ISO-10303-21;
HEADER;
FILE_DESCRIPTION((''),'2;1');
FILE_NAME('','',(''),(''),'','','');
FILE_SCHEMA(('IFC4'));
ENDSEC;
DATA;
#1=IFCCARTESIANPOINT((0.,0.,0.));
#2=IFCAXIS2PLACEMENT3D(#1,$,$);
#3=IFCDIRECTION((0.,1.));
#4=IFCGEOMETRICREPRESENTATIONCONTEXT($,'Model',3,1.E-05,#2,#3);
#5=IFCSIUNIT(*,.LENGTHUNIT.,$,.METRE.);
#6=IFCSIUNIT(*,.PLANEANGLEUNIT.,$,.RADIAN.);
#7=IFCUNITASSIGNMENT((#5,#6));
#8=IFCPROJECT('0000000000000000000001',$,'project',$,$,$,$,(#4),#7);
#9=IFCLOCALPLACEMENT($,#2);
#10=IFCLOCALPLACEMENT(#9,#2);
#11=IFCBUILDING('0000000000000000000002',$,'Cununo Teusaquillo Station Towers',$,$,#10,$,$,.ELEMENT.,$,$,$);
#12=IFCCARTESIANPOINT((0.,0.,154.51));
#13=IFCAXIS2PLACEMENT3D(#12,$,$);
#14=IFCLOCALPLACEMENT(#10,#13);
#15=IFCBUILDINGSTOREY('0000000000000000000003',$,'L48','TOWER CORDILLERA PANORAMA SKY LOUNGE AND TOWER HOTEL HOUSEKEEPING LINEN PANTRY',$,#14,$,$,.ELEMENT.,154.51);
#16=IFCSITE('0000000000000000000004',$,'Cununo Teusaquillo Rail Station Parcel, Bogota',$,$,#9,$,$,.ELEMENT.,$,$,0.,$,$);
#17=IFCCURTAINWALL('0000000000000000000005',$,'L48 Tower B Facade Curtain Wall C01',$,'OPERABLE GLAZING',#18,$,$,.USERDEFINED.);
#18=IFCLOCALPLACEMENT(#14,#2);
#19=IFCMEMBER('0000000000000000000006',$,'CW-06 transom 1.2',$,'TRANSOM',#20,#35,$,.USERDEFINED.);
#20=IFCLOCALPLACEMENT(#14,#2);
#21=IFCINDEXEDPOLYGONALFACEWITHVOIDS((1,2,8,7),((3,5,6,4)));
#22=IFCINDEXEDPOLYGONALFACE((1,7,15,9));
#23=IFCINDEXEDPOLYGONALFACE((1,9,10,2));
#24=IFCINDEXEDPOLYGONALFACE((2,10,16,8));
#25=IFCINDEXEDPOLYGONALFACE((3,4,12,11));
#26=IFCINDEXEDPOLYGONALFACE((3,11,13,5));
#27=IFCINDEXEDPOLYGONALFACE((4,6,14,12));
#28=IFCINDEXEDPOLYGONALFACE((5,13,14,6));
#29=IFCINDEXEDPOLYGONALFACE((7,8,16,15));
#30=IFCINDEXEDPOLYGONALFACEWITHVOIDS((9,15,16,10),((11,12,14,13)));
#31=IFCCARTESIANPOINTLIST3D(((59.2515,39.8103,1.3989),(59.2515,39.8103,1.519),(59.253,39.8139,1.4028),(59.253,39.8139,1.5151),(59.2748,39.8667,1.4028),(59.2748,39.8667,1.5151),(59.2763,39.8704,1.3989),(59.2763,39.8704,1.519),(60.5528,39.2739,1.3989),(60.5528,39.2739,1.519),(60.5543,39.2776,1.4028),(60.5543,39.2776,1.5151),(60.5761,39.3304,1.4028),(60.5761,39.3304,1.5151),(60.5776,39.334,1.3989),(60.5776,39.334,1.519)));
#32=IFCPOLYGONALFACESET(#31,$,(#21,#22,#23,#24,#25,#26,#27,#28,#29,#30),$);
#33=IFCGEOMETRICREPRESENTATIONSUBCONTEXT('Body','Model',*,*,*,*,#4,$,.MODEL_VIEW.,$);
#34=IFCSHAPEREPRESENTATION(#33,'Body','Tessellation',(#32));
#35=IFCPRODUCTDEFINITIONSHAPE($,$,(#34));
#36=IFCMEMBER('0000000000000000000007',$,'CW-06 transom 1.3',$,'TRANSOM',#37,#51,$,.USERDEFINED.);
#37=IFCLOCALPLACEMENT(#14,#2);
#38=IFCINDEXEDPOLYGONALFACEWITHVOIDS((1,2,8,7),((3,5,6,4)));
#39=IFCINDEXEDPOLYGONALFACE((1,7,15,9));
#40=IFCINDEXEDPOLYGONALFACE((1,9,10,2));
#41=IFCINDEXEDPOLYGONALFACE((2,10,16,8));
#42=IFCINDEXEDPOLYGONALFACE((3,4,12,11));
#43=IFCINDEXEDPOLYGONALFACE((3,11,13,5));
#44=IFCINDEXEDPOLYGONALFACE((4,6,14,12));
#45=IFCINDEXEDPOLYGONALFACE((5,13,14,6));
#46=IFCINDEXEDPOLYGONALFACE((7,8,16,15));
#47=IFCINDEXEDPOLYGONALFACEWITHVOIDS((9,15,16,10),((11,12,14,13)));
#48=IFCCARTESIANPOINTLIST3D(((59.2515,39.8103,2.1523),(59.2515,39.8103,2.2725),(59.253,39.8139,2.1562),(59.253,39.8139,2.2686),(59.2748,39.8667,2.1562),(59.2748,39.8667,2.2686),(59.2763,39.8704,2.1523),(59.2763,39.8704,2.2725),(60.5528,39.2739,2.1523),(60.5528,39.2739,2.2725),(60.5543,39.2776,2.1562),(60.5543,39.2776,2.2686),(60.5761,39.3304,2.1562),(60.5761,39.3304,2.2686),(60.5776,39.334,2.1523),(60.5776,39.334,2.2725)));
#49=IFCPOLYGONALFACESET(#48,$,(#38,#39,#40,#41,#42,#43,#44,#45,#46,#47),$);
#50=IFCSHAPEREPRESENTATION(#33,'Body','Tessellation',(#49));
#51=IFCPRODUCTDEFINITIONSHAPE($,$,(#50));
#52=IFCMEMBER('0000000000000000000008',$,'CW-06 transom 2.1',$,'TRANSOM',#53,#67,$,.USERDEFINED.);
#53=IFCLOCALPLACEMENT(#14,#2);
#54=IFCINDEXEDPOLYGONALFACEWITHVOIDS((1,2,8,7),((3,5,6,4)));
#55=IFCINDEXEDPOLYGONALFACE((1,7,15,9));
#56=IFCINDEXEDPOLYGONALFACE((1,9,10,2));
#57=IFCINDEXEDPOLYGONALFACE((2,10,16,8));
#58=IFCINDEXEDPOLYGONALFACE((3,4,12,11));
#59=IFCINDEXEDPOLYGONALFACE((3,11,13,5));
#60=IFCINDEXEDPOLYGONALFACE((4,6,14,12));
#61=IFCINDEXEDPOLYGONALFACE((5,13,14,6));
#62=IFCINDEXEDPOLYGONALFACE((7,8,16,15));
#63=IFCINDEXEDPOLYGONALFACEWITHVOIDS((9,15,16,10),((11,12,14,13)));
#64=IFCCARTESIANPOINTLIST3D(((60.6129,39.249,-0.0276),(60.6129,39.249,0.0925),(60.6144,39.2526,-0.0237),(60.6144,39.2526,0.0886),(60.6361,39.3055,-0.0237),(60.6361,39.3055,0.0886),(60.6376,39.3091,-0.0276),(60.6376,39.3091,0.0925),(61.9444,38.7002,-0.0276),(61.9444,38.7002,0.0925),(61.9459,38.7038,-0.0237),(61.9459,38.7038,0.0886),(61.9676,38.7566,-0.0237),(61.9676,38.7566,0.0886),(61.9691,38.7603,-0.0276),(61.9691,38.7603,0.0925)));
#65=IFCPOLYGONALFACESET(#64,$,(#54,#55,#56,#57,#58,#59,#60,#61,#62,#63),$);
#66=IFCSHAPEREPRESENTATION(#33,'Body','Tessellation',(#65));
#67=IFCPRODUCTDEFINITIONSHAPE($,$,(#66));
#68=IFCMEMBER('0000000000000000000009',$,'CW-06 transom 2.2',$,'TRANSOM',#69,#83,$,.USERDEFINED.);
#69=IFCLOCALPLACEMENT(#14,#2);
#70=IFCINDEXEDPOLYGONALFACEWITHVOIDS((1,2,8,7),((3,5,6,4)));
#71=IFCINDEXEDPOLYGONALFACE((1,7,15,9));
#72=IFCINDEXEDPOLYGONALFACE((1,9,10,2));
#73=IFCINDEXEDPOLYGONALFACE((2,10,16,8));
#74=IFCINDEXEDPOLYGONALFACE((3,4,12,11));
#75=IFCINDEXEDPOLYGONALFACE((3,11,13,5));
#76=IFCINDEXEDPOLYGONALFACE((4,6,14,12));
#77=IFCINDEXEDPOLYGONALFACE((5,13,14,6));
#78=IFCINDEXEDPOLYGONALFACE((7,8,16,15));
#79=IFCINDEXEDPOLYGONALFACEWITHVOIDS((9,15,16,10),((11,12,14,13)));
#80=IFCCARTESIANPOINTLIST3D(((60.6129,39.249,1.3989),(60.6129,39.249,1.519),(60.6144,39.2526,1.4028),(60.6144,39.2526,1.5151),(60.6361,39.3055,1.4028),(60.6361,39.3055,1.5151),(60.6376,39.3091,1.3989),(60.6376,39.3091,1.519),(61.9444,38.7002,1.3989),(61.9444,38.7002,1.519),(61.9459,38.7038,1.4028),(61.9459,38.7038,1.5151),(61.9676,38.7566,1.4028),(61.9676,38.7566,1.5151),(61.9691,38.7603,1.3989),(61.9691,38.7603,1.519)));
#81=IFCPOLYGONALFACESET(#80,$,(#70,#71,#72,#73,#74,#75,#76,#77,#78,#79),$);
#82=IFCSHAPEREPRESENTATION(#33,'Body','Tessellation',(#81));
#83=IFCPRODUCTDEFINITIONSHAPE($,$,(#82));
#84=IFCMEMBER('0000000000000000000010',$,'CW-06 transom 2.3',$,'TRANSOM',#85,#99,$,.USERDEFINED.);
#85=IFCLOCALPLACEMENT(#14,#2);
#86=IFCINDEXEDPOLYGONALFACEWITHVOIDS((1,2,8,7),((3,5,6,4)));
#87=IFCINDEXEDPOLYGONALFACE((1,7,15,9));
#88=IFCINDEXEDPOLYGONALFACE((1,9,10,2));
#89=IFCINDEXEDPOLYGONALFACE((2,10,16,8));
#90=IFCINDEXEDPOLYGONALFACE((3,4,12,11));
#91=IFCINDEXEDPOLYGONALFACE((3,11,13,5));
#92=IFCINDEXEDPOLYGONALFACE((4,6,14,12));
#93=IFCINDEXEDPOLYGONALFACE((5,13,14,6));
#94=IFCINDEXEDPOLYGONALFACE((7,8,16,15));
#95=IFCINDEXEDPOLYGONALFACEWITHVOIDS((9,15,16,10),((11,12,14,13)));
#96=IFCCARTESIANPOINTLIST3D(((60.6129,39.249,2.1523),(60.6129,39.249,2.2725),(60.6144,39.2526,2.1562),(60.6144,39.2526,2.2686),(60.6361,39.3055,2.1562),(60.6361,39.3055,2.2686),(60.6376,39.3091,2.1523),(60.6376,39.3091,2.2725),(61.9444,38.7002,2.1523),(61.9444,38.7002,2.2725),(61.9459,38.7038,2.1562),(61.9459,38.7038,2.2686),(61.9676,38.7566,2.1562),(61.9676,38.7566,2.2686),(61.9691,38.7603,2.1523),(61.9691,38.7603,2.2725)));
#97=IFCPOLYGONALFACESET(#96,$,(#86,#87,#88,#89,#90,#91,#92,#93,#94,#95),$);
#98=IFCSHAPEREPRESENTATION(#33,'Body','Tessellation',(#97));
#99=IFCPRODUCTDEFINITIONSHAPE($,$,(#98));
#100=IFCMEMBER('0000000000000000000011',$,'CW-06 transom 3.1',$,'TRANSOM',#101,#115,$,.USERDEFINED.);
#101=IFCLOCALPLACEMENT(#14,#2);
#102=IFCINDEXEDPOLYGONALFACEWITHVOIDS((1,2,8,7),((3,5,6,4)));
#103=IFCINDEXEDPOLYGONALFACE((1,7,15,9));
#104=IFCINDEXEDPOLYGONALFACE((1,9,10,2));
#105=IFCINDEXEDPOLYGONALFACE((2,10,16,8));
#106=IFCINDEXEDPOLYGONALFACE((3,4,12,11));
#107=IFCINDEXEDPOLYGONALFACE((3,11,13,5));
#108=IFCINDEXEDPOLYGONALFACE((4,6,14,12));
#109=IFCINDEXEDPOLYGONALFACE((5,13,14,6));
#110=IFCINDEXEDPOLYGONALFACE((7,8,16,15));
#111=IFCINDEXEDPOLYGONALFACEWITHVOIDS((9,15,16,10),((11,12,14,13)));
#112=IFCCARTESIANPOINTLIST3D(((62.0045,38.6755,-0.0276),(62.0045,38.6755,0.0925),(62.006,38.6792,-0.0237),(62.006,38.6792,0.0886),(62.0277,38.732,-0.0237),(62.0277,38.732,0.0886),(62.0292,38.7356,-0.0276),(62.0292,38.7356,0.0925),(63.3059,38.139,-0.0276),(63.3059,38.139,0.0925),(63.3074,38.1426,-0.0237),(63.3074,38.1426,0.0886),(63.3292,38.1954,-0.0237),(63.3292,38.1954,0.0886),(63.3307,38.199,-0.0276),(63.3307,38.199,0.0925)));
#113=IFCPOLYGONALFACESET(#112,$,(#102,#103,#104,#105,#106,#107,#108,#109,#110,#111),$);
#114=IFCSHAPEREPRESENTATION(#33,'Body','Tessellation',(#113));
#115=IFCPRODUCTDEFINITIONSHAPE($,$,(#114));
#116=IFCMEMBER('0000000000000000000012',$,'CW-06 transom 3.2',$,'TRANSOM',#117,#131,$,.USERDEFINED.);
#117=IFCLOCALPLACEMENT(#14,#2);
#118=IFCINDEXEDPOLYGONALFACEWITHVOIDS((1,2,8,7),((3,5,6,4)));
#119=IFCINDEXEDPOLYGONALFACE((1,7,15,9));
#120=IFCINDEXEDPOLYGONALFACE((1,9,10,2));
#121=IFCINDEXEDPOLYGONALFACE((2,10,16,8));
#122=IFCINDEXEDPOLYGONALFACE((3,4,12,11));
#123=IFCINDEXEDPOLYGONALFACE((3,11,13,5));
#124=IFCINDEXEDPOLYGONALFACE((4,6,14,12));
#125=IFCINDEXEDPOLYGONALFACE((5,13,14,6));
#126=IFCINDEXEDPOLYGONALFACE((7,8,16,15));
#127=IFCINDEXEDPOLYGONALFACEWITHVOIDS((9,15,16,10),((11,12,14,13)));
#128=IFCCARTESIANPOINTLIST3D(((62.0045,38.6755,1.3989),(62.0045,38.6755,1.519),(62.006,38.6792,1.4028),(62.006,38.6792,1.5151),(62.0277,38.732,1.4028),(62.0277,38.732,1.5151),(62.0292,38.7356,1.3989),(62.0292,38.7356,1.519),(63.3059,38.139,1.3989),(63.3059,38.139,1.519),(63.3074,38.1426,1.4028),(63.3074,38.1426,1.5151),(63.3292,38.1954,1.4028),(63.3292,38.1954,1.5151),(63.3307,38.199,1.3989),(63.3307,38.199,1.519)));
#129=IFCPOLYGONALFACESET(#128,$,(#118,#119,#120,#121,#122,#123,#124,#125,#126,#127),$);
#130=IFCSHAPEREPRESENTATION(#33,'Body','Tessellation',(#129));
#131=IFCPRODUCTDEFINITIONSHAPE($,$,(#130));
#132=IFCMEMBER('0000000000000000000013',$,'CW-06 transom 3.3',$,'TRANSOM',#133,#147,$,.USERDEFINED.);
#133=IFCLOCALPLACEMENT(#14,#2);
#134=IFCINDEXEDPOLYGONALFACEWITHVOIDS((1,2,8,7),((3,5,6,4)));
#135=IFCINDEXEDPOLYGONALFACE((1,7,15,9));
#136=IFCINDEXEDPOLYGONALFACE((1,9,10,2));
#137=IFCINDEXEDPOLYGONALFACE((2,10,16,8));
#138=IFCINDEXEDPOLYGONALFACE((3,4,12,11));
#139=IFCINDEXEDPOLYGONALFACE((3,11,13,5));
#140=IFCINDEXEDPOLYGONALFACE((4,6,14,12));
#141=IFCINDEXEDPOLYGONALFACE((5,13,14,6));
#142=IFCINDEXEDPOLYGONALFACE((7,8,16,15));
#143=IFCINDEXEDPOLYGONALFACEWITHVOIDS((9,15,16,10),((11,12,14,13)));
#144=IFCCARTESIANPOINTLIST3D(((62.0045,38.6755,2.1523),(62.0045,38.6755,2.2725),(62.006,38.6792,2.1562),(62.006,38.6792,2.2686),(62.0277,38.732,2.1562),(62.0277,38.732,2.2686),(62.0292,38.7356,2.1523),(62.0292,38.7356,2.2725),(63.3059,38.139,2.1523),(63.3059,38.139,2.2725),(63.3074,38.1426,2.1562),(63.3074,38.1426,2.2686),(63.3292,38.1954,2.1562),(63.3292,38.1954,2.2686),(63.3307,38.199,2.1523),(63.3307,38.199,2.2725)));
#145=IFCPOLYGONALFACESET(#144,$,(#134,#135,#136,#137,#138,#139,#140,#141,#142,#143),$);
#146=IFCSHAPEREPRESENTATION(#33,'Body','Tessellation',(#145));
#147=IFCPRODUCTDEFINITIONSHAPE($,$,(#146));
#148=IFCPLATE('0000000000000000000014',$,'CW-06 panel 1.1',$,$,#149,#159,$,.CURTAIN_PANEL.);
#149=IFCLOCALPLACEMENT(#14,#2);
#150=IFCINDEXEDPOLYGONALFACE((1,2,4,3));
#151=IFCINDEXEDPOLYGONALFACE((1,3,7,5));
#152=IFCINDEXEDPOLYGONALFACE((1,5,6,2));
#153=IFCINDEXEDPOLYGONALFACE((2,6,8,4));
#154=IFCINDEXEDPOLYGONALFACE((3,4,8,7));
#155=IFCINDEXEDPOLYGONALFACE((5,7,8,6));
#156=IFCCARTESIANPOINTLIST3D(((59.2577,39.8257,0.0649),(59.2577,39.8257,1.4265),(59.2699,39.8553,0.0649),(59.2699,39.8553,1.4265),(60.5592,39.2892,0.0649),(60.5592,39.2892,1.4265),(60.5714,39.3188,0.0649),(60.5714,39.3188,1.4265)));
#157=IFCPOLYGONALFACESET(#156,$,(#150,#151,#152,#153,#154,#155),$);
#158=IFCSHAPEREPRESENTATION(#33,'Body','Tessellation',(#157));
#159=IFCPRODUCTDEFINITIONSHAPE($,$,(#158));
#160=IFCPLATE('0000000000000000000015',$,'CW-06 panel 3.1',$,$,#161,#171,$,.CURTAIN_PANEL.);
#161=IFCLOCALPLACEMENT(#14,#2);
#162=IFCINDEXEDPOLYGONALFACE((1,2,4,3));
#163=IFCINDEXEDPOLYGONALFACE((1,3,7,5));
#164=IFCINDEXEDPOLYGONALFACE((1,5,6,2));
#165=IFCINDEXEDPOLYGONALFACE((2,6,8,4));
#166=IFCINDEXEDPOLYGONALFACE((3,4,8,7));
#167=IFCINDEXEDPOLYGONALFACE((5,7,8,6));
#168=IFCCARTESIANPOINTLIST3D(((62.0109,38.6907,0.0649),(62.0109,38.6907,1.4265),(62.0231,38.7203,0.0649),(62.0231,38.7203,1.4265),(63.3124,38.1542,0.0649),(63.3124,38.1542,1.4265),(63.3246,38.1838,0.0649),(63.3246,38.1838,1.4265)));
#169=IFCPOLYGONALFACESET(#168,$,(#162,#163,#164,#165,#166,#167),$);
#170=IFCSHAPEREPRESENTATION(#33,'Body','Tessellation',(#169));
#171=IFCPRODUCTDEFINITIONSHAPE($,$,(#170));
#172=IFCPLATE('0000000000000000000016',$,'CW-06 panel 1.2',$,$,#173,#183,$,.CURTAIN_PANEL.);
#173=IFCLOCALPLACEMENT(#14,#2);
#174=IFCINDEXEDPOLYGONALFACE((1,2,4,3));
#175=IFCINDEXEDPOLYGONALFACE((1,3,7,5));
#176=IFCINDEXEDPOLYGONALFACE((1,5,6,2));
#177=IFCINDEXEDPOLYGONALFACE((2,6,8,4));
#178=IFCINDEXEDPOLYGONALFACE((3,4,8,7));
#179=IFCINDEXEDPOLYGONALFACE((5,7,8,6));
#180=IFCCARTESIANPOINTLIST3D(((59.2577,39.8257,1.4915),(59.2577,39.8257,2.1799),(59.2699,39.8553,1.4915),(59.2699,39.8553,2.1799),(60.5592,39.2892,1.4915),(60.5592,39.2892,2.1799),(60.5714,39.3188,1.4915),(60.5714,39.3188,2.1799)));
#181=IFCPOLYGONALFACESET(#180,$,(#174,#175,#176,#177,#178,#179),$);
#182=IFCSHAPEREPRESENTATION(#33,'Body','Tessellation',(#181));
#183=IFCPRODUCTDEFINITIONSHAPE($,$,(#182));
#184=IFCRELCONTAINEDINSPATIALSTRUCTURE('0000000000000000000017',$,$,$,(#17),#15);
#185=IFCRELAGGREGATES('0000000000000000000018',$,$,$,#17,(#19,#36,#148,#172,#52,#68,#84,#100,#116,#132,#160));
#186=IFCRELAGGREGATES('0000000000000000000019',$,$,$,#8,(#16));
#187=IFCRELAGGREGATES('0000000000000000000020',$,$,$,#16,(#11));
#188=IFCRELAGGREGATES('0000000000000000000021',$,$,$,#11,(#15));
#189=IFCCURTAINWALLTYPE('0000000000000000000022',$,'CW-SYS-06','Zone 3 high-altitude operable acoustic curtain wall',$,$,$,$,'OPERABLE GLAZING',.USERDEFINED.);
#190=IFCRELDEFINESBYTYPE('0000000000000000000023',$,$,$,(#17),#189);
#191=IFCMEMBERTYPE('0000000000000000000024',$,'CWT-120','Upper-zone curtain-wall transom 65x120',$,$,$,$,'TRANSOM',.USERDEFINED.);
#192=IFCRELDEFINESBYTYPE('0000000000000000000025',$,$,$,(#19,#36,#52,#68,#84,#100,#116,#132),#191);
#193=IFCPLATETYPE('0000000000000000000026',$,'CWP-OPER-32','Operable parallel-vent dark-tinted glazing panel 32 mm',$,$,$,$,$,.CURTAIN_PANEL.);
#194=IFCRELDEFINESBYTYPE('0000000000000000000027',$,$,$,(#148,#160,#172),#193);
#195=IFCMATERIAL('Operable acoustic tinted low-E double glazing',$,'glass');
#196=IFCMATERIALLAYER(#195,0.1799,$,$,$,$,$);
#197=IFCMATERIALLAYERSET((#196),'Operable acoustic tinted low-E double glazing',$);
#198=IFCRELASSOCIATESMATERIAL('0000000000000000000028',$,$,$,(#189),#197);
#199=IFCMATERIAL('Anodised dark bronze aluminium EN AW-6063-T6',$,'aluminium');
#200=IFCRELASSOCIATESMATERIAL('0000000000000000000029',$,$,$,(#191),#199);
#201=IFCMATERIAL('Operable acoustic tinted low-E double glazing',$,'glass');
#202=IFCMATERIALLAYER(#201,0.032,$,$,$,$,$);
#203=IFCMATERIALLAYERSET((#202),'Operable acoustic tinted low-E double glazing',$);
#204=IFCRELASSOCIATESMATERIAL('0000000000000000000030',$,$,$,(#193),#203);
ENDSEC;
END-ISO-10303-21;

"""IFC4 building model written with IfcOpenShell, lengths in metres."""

from ifc_helpers import new_model, si_unit, direction, frame, origin, origin_2d, place, context, subcontext, project, spatial, rectangle, hollow_rectangle, extrude, source, transform, mapped, material, layer, layer_set, material_profile, profile_set, type_object, element, aggregate, save


model = new_model("IFC4")

# Units and contexts
model_context = context("Model", 3, precision=1e-05, world=origin(), true_north=direction((0.0, 1.0)))
body_context = subcontext(model_context, "Body", "Model", "MODEL_VIEW")
ifc_project = project(units=[si_unit("LENGTHUNIT", "METRE"), si_unit("PLANEANGLEUNIT", "RADIAN")], contexts=[model_context])

# Site, building, storey
site_placement = place(None, origin())
site = spatial("IfcSite", under=ifc_project, at=site_placement, Name="Cununo Teusaquillo Rail Station Parcel, Bogota", CompositionType="ELEMENT", RefElevation=0.0)
building_placement = place(site_placement, origin())
building = spatial("IfcBuilding", under=site, at=building_placement, Name="Cununo Teusaquillo Station Towers", CompositionType="ELEMENT")
storey_placement = place(building_placement, frame((0.0, 0.0, 154.51)))
storey = spatial("IfcBuildingStorey", under=building, at=storey_placement, Name="L48", Description="TOWER CORDILLERA PANORAMA SKY LOUNGE AND TOWER HOTEL HOUSEKEEPING LINEN PANTRY", CompositionType="ELEMENT", Elevation=154.51)

# Curtain wall, members, plates
ifc_material_1 = material(Name="Operable acoustic tinted low-E double glazing", Category="glass")
ifc_layer_1 = layer(ifc_material_1, 0.1799)
ifc_layer_set_1 = layer_set([ifc_layer_1], Name="Operable acoustic tinted low-E double glazing")
curtain_wall_type = type_object("IfcCurtainWallType", Name="CW-SYS-06", Description="Zone 3 high-altitude operable acoustic curtain wall", ElementType="OPERABLE GLAZING", PredefinedType="USERDEFINED", material=ifc_layer_set_1)
curtain_wall_placement = place(storey_placement, origin())
curtain_wall = element("IfcCurtainWall", 1, at=curtain_wall_placement, inside=storey, type_object=curtain_wall_type, Name="L48 Tower B Facade Curtain Wall C01", ObjectType="OPERABLE GLAZING", PredefinedType="USERDEFINED")
ifc_material_2 = material(Name="Anodised dark bronze aluminium EN AW-6063-T6", Category="aluminium")
ifc_material_profile_1 = material_profile(ifc_material_2, hollow_rectangle(XDim=0.0649, YDim=0.1201, WallThickness=0.0039, at=origin_2d()), Name="CW-TRAN-65x120")
ifc_profile_set_1 = profile_set([ifc_material_profile_1], Name="Anodised dark bronze aluminium EN AW-6063-T6")
member_type_1 = type_object("IfcMemberType", Name="CWT-120", Description="Upper-zone curtain-wall transom 65x120", ElementType="TRANSOM", PredefinedType="USERDEFINED", material=ifc_profile_set_1)
member_1_placement = place(storey_placement, frame((59.2639, 39.8403, 1.459), z_axis=(0.924538, -0.38109, 0.0), x_axis=(0.38109, 0.924538, 0.0)))
member_1 = element("IfcMember", 2, at=member_1_placement, type_object=member_type_1, Name="CW-06 transom 1.2", ObjectType="TRANSOM", PredefinedType="USERDEFINED", context=body_context, shape_type="SweptSolid", body=[
    extrude(hollow_rectangle(XDim=0.0649, YDim=0.1201, WallThickness=0.0039, at=origin_2d()), origin(), (0.0, 0.0, 1.0), 1.4075),
])
member_2_placement = place(storey_placement, frame((59.2639, 39.8403, 2.2124), z_axis=(0.924538, -0.38109, 0.0), x_axis=(0.38109, 0.924538, 0.0)))
member_2 = element("IfcMember", 3, at=member_2_placement, type_object=member_type_1, Name="CW-06 transom 1.3", ObjectType="TRANSOM", PredefinedType="USERDEFINED", context=body_context, shape_type="SweptSolid", body=[
    extrude(hollow_rectangle(XDim=0.0649, YDim=0.1201, WallThickness=0.0039, at=origin_2d()), origin(), (0.0, 0.0, 1.0), 1.4075),
])
member_3_placement = place(storey_placement, frame((60.6252, 39.2791, 0.0325), z_axis=(0.924545, -0.381074, 0.0), x_axis=(0.381074, 0.924545, 0.0)))
member_3 = element("IfcMember", 4, at=member_3_placement, type_object=member_type_1, Name="CW-06 transom 2.1", ObjectType="TRANSOM", PredefinedType="USERDEFINED", context=body_context, shape_type="SweptSolid", body=[
    extrude(hollow_rectangle(XDim=0.0649, YDim=0.1201, WallThickness=0.0039, at=origin_2d()), origin(), (0.0, 0.0, 1.0), 1.4402),
])
member_4_placement = place(storey_placement, frame((60.6252, 39.2791, 1.459), z_axis=(0.924545, -0.381074, 0.0), x_axis=(0.381074, 0.924545, 0.0)))
member_4 = element("IfcMember", 5, at=member_4_placement, type_object=member_type_1, Name="CW-06 transom 2.2", ObjectType="TRANSOM", PredefinedType="USERDEFINED", context=body_context, shape_type="SweptSolid", body=[
    extrude(hollow_rectangle(XDim=0.0649, YDim=0.1201, WallThickness=0.0039, at=origin_2d()), origin(), (0.0, 0.0, 1.0), 1.4402),
])
member_5_placement = place(storey_placement, frame((60.6252, 39.2791, 2.2124), z_axis=(0.924545, -0.381074, 0.0), x_axis=(0.381074, 0.924545, 0.0)))
member_5 = element("IfcMember", 6, at=member_5_placement, type_object=member_type_1, Name="CW-06 transom 2.3", ObjectType="TRANSOM", PredefinedType="USERDEFINED", context=body_context, shape_type="SweptSolid", body=[
    extrude(hollow_rectangle(XDim=0.0649, YDim=0.1201, WallThickness=0.0039, at=origin_2d()), origin(), (0.0, 0.0, 1.0), 1.4402),
])
member_6_placement = place(storey_placement, frame((62.0168, 38.7056, 0.0325), z_axis=(0.924502, -0.381177, 0.0), x_axis=(0.381177, 0.924502, 0.0)))
member_6 = element("IfcMember", 7, at=member_6_placement, type_object=member_type_1, Name="CW-06 transom 3.1", ObjectType="TRANSOM", PredefinedType="USERDEFINED", context=body_context, shape_type="SweptSolid", body=[
    extrude(hollow_rectangle(XDim=0.0649, YDim=0.1201, WallThickness=0.0039, at=origin_2d()), origin(), (0.0, 0.0, 1.0), 1.4077),
])
member_7_placement = place(storey_placement, frame((62.0168, 38.7056, 1.459), z_axis=(0.924502, -0.381177, 0.0), x_axis=(0.381177, 0.924502, 0.0)))
member_7 = element("IfcMember", 8, at=member_7_placement, type_object=member_type_1, Name="CW-06 transom 3.2", ObjectType="TRANSOM", PredefinedType="USERDEFINED", context=body_context, shape_type="SweptSolid", body=[
    extrude(hollow_rectangle(XDim=0.0649, YDim=0.1201, WallThickness=0.0039, at=origin_2d()), origin(), (0.0, 0.0, 1.0), 1.4077),
])
member_8_placement = place(storey_placement, frame((62.0168, 38.7056, 2.2124), z_axis=(0.924502, -0.381177, 0.0), x_axis=(0.381177, 0.924502, 0.0)))
member_8 = element("IfcMember", 9, at=member_8_placement, type_object=member_type_1, Name="CW-06 transom 3.3", ObjectType="TRANSOM", PredefinedType="USERDEFINED", context=body_context, shape_type="SweptSolid", body=[
    extrude(hollow_rectangle(XDim=0.0649, YDim=0.1201, WallThickness=0.0039, at=origin_2d()), origin(), (0.0, 0.0, 1.0), 1.4077),
])
ifc_material_3 = material(Name="Operable acoustic tinted low-E double glazing", Category="glass")
ifc_layer_2 = layer(ifc_material_3, 0.032)
ifc_layer_set_2 = layer_set([ifc_layer_2], Name="Operable acoustic tinted low-E double glazing")
plate_type = type_object("IfcPlateType", Name="CWP-OPER-32", Description="Operable parallel-vent dark-tinted glazing panel 32 mm", PredefinedType="CURTAIN_PANEL", material=ifc_layer_set_2)
shared_shape_1 = source(origin(), body_context, "Body", "SweptSolid", [
    extrude(rectangle(XDim=1.4077, YDim=0.032, at=origin_2d()), origin(), (0.0, 0.0, 1.0), 1.3616),
])
plate_1_placement = place(storey_placement, frame((59.9146, 39.5723, 0.0649), z_axis=(0.0, 0.0, 1.0), x_axis=(0.924525, -0.381122, 0.0)))
plate_1 = element("IfcPlate", 10, at=plate_1_placement, type_object=plate_type, Name="CW-06 panel 1.1", PredefinedType="CURTAIN_PANEL", context=body_context, shape_type="MappedRepresentation", body=[
    mapped(shared_shape_1, transform((0.0, 0.0, 0.0), x_axis=(1.0, 0.0, 0.0), y_axis=(0.0, 1.0, 0.0), z_axis=(0.0, 0.0, 1.0), scale=1.0)),
])
plate_2_placement = place(storey_placement, frame((62.6677, 38.4373, 0.0649), z_axis=(0.0, 0.0, 1.0), x_axis=(0.924525, -0.381122, 0.0)))
plate_2 = element("IfcPlate", 11, at=plate_2_placement, type_object=plate_type, Name="CW-06 panel 3.1", PredefinedType="CURTAIN_PANEL", context=body_context, shape_type="MappedRepresentation", body=[
    mapped(shared_shape_1, transform((0.0, 0.0, 0.0), x_axis=(1.0, 0.0, 0.0), y_axis=(0.0, 1.0, 0.0), z_axis=(0.0, 0.0, 1.0), scale=1.0)),
])
shared_shape_2 = source(origin(), body_context, "Body", "SweptSolid", [
    extrude(rectangle(XDim=1.4077, YDim=0.032, at=origin_2d()), origin(), (0.0, 0.0, 1.0), 0.6885),
])
plate_3_placement = place(storey_placement, frame((59.9146, 39.5723, 1.4915), z_axis=(0.0, 0.0, 1.0), x_axis=(0.924525, -0.381122, 0.0)))
plate_3 = element("IfcPlate", 12, at=plate_3_placement, type_object=plate_type, Name="CW-06 panel 1.2", PredefinedType="CURTAIN_PANEL", context=body_context, shape_type="MappedRepresentation", body=[
    mapped(shared_shape_2, transform((0.0, 0.0, 0.0), x_axis=(1.0, 0.0, 0.0), y_axis=(0.0, 1.0, 0.0), z_axis=(0.0, 0.0, 1.0), scale=1.0)),
])
aggregate(curtain_wall, [member_1, member_2, plate_1, plate_3, member_3, member_4, member_5, member_6, member_7, member_8, plate_2])

save(model, "model.ifc")
